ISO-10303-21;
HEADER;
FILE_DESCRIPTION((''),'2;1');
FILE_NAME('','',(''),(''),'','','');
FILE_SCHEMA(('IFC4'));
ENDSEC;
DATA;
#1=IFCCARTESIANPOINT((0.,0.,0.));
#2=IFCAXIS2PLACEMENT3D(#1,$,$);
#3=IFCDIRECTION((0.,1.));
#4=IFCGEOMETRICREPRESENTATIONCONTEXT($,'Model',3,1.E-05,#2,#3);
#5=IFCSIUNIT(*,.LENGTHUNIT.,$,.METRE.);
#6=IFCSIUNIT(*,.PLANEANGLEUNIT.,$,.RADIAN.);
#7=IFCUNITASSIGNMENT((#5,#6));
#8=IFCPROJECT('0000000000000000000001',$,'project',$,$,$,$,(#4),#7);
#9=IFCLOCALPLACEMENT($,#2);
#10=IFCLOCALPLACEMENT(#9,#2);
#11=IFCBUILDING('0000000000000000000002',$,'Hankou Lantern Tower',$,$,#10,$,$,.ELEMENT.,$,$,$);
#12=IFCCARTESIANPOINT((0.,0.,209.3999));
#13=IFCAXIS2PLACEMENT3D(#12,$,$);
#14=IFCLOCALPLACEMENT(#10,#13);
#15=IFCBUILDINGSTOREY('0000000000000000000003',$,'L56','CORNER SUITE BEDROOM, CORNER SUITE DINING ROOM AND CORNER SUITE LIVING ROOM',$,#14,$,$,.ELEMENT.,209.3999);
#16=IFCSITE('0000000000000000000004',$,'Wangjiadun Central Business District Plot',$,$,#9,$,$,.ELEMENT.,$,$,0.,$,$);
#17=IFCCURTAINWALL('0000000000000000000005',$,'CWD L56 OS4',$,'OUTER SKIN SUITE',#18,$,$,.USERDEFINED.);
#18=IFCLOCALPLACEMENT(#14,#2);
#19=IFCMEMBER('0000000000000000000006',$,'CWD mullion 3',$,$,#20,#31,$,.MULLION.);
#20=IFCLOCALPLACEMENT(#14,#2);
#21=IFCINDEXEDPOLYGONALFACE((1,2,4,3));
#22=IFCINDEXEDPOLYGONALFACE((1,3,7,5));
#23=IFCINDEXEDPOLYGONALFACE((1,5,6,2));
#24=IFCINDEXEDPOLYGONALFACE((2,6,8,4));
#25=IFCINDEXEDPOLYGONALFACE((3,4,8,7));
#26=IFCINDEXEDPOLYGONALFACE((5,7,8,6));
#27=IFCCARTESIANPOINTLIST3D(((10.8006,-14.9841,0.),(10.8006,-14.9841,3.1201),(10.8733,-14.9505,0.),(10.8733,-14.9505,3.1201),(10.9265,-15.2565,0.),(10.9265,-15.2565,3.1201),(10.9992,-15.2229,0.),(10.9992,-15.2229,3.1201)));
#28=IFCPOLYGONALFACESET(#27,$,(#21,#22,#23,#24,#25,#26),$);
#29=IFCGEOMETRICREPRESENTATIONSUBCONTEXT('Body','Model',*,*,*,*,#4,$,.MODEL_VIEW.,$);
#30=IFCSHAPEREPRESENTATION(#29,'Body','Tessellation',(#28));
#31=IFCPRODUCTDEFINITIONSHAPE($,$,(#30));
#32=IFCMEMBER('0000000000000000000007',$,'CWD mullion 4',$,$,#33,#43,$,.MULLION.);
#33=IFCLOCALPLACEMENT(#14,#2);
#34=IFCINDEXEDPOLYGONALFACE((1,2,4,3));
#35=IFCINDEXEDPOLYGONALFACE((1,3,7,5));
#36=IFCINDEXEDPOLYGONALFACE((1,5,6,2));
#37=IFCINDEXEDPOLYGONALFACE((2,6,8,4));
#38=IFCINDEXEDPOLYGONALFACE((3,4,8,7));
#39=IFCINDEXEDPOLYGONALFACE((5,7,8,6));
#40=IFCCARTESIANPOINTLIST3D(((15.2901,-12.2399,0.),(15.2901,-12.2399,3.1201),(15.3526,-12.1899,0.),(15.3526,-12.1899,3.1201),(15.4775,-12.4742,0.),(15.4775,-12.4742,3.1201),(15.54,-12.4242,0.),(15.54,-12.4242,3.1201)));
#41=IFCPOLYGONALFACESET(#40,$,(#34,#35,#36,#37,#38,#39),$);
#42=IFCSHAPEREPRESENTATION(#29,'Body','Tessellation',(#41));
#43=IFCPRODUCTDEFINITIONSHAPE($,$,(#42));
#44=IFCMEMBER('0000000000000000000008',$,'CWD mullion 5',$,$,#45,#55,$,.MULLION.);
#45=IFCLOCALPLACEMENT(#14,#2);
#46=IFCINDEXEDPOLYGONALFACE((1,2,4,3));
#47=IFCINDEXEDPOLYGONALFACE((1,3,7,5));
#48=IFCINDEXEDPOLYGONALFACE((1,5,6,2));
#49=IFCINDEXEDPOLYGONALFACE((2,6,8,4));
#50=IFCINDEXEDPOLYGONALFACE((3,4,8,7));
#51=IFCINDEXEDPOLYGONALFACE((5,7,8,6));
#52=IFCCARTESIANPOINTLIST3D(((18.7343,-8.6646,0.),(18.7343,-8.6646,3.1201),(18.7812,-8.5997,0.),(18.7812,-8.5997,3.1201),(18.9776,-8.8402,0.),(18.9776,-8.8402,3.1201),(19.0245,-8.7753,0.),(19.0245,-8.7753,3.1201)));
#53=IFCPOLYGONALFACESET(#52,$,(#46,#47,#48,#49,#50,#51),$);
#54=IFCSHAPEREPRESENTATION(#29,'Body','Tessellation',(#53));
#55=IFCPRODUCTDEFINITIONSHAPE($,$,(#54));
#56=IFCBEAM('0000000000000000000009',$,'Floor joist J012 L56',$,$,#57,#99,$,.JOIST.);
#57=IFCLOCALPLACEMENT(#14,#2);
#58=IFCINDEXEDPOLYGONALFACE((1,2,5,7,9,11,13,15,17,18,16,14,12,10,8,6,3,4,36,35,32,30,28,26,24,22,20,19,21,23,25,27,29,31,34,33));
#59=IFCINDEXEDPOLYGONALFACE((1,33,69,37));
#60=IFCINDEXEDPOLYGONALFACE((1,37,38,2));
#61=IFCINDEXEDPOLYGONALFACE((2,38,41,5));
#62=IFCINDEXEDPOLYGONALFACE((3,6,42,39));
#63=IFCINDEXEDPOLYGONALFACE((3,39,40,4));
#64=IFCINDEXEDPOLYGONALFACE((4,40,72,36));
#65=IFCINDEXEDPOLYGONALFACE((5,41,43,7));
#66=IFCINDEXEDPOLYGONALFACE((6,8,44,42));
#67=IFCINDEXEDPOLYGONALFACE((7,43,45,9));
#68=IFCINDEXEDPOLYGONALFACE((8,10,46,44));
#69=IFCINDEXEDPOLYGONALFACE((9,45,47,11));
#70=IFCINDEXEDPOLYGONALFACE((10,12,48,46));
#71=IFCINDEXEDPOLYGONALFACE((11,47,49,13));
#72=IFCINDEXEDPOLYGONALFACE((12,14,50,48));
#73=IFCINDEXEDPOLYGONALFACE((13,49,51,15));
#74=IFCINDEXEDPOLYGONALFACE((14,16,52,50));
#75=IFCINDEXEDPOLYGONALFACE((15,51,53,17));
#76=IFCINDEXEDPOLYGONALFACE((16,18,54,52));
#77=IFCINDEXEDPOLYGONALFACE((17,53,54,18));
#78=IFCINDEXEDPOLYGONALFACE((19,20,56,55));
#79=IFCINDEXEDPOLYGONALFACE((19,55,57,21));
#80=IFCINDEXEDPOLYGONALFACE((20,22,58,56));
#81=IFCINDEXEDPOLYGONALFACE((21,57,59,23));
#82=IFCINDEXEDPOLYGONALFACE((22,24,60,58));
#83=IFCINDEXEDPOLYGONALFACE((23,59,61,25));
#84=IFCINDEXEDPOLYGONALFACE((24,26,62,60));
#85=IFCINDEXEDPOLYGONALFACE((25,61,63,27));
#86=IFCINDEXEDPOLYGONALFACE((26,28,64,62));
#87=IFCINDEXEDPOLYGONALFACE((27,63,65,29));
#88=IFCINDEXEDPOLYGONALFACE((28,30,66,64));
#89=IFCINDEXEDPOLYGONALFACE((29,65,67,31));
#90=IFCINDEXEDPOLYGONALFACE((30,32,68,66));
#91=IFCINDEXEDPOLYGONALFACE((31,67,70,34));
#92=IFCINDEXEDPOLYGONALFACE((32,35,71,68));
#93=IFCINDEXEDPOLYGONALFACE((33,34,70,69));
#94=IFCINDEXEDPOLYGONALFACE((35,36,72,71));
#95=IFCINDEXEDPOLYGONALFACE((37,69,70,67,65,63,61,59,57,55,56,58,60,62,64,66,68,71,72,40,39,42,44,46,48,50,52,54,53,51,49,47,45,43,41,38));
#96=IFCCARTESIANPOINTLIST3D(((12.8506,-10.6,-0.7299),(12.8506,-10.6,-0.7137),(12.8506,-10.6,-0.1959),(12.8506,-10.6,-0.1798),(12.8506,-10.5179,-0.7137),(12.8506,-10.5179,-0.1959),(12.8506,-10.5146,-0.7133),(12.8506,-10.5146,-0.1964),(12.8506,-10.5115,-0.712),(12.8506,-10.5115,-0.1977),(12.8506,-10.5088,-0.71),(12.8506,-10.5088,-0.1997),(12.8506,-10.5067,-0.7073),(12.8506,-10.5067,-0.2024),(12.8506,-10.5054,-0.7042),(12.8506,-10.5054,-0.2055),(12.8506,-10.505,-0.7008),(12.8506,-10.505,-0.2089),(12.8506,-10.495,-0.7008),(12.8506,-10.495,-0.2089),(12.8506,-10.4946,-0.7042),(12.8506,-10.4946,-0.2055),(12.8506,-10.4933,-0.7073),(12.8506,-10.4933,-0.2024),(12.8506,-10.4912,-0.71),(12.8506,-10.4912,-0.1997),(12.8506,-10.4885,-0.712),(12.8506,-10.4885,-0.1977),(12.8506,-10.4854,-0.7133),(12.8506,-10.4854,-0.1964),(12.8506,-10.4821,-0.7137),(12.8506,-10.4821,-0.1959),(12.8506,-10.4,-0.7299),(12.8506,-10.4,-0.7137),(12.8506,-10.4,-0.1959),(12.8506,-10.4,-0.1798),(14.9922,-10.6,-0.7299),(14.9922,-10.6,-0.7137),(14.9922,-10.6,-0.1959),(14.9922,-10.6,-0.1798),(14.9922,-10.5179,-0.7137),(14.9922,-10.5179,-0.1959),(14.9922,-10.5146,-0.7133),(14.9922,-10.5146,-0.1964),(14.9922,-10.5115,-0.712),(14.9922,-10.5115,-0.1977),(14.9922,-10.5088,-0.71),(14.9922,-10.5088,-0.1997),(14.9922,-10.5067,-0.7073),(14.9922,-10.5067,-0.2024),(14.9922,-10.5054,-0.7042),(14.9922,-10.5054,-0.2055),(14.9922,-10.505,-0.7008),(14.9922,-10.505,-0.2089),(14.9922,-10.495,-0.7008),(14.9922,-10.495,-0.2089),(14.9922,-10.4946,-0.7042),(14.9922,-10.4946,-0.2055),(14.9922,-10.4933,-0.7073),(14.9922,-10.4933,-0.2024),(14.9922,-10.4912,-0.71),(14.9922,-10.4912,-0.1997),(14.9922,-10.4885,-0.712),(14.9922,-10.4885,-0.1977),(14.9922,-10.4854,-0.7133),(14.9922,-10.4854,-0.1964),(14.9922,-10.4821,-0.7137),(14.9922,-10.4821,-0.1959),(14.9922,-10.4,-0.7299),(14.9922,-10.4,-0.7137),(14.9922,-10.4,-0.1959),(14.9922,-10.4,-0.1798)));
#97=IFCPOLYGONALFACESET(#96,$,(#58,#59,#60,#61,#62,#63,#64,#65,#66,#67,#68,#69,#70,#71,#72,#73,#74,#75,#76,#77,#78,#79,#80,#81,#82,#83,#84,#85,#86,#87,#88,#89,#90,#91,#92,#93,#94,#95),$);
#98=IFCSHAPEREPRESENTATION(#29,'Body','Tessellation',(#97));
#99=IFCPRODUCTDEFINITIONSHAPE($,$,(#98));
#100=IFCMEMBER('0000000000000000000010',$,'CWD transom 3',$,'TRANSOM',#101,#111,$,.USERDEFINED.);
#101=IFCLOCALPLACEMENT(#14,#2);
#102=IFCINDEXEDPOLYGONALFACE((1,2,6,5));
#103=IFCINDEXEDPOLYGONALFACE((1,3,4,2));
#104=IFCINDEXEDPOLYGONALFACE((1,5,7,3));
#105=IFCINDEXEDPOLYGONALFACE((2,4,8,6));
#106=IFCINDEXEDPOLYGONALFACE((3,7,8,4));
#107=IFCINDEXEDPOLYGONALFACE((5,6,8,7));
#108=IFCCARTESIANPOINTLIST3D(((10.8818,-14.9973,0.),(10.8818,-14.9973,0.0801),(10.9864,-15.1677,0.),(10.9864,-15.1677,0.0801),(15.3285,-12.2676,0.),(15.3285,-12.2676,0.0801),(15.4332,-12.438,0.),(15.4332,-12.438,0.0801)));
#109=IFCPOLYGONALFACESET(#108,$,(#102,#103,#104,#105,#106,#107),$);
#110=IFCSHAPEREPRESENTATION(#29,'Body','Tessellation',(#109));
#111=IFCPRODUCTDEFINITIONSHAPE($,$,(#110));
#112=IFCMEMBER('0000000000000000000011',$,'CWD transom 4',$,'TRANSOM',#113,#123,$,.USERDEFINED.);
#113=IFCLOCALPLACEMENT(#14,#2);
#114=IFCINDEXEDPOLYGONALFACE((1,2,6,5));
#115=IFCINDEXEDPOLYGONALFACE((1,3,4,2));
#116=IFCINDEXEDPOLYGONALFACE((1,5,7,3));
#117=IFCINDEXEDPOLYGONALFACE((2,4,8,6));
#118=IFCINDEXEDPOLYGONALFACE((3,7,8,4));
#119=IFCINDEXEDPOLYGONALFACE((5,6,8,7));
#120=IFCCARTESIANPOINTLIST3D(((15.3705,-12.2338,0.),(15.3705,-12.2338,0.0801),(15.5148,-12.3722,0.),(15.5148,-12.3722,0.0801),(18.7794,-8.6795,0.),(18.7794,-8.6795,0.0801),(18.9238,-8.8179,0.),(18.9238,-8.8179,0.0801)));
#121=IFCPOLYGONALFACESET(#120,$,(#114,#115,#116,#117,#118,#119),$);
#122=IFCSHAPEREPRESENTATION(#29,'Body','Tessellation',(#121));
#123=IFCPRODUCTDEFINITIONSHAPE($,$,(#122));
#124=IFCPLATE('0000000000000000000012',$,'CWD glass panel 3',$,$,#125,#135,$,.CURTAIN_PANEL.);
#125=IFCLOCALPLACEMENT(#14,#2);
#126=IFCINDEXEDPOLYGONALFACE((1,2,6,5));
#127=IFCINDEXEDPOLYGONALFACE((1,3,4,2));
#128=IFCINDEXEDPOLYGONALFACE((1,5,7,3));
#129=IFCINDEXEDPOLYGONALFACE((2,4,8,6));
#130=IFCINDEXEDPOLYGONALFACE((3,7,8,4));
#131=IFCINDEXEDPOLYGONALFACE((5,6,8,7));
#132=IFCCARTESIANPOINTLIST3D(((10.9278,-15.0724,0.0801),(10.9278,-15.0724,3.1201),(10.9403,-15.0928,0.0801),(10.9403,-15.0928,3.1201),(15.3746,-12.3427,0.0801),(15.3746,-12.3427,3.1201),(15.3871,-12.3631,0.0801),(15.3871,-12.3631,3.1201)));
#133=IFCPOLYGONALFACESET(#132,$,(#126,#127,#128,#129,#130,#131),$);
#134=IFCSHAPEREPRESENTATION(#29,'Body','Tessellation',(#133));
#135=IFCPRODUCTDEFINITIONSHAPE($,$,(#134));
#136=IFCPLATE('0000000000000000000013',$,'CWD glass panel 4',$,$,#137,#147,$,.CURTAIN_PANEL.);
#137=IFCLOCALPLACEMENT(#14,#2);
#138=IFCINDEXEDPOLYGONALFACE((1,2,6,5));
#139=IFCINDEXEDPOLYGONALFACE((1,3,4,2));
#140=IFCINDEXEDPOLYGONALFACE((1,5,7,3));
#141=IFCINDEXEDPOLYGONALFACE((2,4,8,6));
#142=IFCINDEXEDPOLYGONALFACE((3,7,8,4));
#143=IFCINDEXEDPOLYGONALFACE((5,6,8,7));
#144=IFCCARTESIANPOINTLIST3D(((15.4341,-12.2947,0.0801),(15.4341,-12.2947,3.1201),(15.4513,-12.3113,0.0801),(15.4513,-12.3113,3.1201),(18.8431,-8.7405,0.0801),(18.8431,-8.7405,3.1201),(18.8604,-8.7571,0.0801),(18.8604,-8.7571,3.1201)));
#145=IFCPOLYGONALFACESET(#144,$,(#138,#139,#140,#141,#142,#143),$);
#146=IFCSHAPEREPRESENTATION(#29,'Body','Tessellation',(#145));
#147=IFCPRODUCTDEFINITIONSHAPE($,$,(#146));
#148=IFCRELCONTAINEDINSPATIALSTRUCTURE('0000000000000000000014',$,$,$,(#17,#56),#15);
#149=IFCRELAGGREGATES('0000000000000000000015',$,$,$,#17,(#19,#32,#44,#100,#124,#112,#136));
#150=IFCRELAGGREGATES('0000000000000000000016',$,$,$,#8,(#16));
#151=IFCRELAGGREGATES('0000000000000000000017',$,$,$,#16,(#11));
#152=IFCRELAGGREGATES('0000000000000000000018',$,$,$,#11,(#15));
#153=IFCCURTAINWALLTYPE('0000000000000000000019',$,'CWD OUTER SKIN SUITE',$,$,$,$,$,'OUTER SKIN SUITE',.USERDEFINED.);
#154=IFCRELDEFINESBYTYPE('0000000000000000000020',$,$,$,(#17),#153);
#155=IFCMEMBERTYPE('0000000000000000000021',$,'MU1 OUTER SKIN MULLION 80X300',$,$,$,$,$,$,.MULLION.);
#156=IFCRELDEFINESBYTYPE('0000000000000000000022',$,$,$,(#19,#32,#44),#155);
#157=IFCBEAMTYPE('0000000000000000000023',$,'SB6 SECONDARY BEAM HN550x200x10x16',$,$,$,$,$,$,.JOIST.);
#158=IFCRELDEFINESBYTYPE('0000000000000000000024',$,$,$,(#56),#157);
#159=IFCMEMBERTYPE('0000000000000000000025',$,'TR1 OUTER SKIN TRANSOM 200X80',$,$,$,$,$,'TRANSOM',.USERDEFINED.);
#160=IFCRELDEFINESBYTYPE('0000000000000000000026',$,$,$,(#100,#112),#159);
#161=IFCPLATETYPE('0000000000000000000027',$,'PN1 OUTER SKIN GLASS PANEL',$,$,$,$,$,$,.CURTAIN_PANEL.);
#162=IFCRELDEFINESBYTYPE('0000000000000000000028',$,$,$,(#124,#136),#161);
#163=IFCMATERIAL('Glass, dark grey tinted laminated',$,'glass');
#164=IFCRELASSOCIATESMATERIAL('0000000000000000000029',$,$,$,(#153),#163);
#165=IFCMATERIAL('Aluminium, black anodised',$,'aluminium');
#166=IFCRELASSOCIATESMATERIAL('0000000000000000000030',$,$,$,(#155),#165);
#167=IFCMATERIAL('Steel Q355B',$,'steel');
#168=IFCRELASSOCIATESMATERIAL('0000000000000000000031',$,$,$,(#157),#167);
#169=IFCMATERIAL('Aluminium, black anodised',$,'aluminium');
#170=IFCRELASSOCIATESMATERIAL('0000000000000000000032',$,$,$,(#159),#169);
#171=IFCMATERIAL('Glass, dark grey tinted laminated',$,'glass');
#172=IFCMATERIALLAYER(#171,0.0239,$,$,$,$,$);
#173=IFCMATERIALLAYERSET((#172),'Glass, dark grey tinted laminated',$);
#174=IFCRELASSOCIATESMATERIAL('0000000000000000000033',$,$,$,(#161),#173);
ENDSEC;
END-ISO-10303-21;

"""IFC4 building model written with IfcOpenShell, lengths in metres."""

from ifc_helpers import new_model, si_unit, direction, frame, origin, origin_2d, place, context, subcontext, project, spatial, rectangle, i_section, extrude, material, layer, layer_set, material_profile, profile_set, type_object, element, aggregate, save


model = new_model("IFC4")

# Units and contexts
model_context = context("Model", 3, precision=1e-05, world=origin(), true_north=direction((0.0, 1.0)))
body_context = subcontext(model_context, "Body", "Model", "MODEL_VIEW")
ifc_project = project(units=[si_unit("LENGTHUNIT", "METRE"), si_unit("PLANEANGLEUNIT", "RADIAN")], contexts=[model_context])

# Site, building, storey
site_placement = place(None, origin())
site = spatial("IfcSite", under=ifc_project, at=site_placement, Name="Wangjiadun Central Business District Plot", CompositionType="ELEMENT", RefElevation=0.0)
building_placement = place(site_placement, origin())
building = spatial("IfcBuilding", under=site, at=building_placement, Name="Hankou Lantern Tower", CompositionType="ELEMENT")
storey_placement = place(building_placement, frame((0.0, 0.0, 209.3999)))
storey = spatial("IfcBuildingStorey", under=building, at=storey_placement, Name="L56", Description="CORNER SUITE BEDROOM, CORNER SUITE DINING ROOM AND CORNER SUITE LIVING ROOM", CompositionType="ELEMENT", Elevation=209.3999)

# Curtain wall, members
ifc_material_1 = material(Name="Glass, dark grey tinted laminated", Category="glass")
curtain_wall_type = type_object("IfcCurtainWallType", Name="CWD OUTER SKIN SUITE", ElementType="OUTER SKIN SUITE", PredefinedType="USERDEFINED", material=ifc_material_1)
curtain_wall_placement = place(storey_placement, origin())
curtain_wall = element("IfcCurtainWall", 1, at=curtain_wall_placement, inside=storey, type_object=curtain_wall_type, Name="CWD L56 OS4", ObjectType="OUTER SKIN SUITE", PredefinedType="USERDEFINED")
ifc_material_2 = material(Name="Aluminium, black anodised", Category="aluminium")
ifc_material_profile_1 = material_profile(ifc_material_2, rectangle(XDim=0.0801, YDim=0.3, at=origin_2d()), Name="MU1 80X300")
ifc_profile_set_1 = profile_set([ifc_material_profile_1], Name="Aluminium, black anodised")
member_type_1 = type_object("IfcMemberType", Name="MU1 OUTER SKIN MULLION 80X300", PredefinedType="MULLION", material=ifc_profile_set_1)
member_1_placement = place(storey_placement, frame((10.8999, -15.1035, 0.0), z_axis=(0.0, 0.0, 1.0), x_axis=(0.907841, 0.419314, 0.0)))
member_1 = element("IfcMember", 2, at=member_1_placement, type_object=member_type_1, Name="CWD mullion 3", PredefinedType="MULLION", context=body_context, shape_type="SweptSolid", body=[
    extrude(rectangle(XDim=0.0801, YDim=0.3, at=origin_2d()), origin(), (0.0, 0.0, 1.0), 3.1201),
])
member_2_placement = place(storey_placement, frame((15.415, -12.332, 0.0), z_axis=(0.0, 0.0, 1.0), x_axis=(0.780869, 0.624695, 0.0)))
member_2 = element("IfcMember", 3, at=member_2_placement, type_object=member_type_1, Name="CWD mullion 4", PredefinedType="MULLION", context=body_context, shape_type="SweptSolid", body=[
    extrude(rectangle(XDim=0.0801, YDim=0.3, at=origin_2d()), origin(), (0.0, 0.0, 1.0), 3.1201),
])
member_3_placement = place(storey_placement, frame((18.8794, -8.72, 0.0), z_axis=(0.0, 0.0, 1.0), x_axis=(0.585206, 0.810885, 0.0)))
member_3 = element("IfcMember", 4, at=member_3_placement, type_object=member_type_1, Name="CWD mullion 5", PredefinedType="MULLION", context=body_context, shape_type="SweptSolid", body=[
    extrude(rectangle(XDim=0.0801, YDim=0.3, at=origin_2d()), origin(), (0.0, 0.0, 1.0), 3.1201),
])

# Beam
ifc_material_3 = material(Name="Steel Q355B", Category="steel")
ifc_material_profile_2 = material_profile(ifc_material_3, i_section(OverallWidth=0.2, OverallDepth=0.55, WebThickness=0.01, FlangeThickness=0.0161, FilletRadius=0.0129, at=origin_2d()), Name="HN550x200x10x16")
ifc_profile_set_2 = profile_set([ifc_material_profile_2], Name="Steel Q355B")
beam_type_1 = type_object("IfcBeamType", Name="SB6 SECONDARY BEAM HN550x200x10x16", PredefinedType="JOIST", material=ifc_profile_set_2)
beam_1_placement = place(storey_placement, frame((12.8506, -10.5, -0.4548), z_axis=(1.0, 0.0, 0.0), x_axis=(0.0, 1.0, 0.0)))
element("IfcBeam", 5, at=beam_1_placement, inside=storey, type_object=beam_type_1, Name="Floor joist J012 L56", PredefinedType="JOIST", context=body_context, shape_type="SweptSolid", body=[
    extrude(i_section(OverallWidth=0.2, OverallDepth=0.55, WebThickness=0.01, FlangeThickness=0.0161, FilletRadius=0.0129, at=origin_2d()), origin(), (0.0, 0.0, 1.0), 2.1416),
])

# Members
ifc_material_4 = material(Name="Aluminium, black anodised", Category="aluminium")
ifc_material_profile_3 = material_profile(ifc_material_4, rectangle(XDim=0.2, YDim=0.0801, at=origin_2d()), Name="TR1 200X80")
ifc_profile_set_3 = profile_set([ifc_material_profile_3], Name="Aluminium, black anodised")
member_type_2 = type_object("IfcMemberType", Name="TR1 OUTER SKIN TRANSOM 200X80", ElementType="TRANSOM", PredefinedType="USERDEFINED", material=ifc_profile_set_3)
member_4_placement = place(storey_placement, frame((10.9341, -15.0825, 0.04), z_axis=(0.852235, 0.52316, 0.0), x_axis=(-0.52316, 0.852235, 0.0)))
member_4 = element("IfcMember", 6, at=member_4_placement, type_object=member_type_2, Name="CWD transom 3", ObjectType="TRANSOM", PredefinedType="USERDEFINED", context=body_context, shape_type="SweptSolid", body=[
    extrude(rectangle(XDim=0.2, YDim=0.0801, at=origin_2d()), origin(), (0.0, 0.0, 1.0), 5.2178),
])
member_5_placement = place(storey_placement, frame((15.4426, -12.303, 0.04), z_axis=(0.692205, 0.721701, 0.0), x_axis=(-0.721701, 0.692205, 0.0)))
member_5 = element("IfcMember", 7, at=member_5_placement, type_object=member_type_2, Name="CWD transom 4", ObjectType="TRANSOM", PredefinedType="USERDEFINED", context=body_context, shape_type="SweptSolid", body=[
    extrude(rectangle(XDim=0.2, YDim=0.0801, at=origin_2d()), origin(), (0.0, 0.0, 1.0), 4.9248),
])

# Plates
ifc_material_5 = material(Name="Glass, dark grey tinted laminated", Category="glass")
ifc_layer_1 = layer(ifc_material_5, 0.0239)
ifc_layer_set_1 = layer_set([ifc_layer_1], Name="Glass, dark grey tinted laminated")
plate_type = type_object("IfcPlateType", Name="PN1 OUTER SKIN GLASS PANEL", PredefinedType="CURTAIN_PANEL", material=ifc_layer_set_1)
plate_1_placement = place(storey_placement, frame((13.1575, -13.7178, 0.0801), z_axis=(0.0, 0.0, 1.0), x_axis=(0.852237, 0.523156, 0.0)))
plate_1 = element("IfcPlate", 8, at=plate_1_placement, type_object=plate_type, Name="CWD glass panel 3", PredefinedType="CURTAIN_PANEL", context=body_context, shape_type="SweptSolid", body=[
    extrude(rectangle(XDim=5.2178, YDim=0.0239, at=origin_2d()), origin(), (0.0, 0.0, 1.0), 3.04),
])
plate_2_placement = place(storey_placement, frame((17.1472, -10.5259, 0.0801), z_axis=(0.0, 0.0, 1.0), x_axis=(0.692216, 0.721691, 0.0)))
plate_2 = element("IfcPlate", 9, at=plate_2_placement, type_object=plate_type, Name="CWD glass panel 4", PredefinedType="CURTAIN_PANEL", context=body_context, shape_type="SweptSolid", body=[
    extrude(rectangle(XDim=4.9248, YDim=0.0239, at=origin_2d()), origin(), (0.0, 0.0, 1.0), 3.04),
])
aggregate(curtain_wall, [member_1, member_2, member_3, member_4, plate_1, member_5, plate_2])

save(model, "model.ifc")
